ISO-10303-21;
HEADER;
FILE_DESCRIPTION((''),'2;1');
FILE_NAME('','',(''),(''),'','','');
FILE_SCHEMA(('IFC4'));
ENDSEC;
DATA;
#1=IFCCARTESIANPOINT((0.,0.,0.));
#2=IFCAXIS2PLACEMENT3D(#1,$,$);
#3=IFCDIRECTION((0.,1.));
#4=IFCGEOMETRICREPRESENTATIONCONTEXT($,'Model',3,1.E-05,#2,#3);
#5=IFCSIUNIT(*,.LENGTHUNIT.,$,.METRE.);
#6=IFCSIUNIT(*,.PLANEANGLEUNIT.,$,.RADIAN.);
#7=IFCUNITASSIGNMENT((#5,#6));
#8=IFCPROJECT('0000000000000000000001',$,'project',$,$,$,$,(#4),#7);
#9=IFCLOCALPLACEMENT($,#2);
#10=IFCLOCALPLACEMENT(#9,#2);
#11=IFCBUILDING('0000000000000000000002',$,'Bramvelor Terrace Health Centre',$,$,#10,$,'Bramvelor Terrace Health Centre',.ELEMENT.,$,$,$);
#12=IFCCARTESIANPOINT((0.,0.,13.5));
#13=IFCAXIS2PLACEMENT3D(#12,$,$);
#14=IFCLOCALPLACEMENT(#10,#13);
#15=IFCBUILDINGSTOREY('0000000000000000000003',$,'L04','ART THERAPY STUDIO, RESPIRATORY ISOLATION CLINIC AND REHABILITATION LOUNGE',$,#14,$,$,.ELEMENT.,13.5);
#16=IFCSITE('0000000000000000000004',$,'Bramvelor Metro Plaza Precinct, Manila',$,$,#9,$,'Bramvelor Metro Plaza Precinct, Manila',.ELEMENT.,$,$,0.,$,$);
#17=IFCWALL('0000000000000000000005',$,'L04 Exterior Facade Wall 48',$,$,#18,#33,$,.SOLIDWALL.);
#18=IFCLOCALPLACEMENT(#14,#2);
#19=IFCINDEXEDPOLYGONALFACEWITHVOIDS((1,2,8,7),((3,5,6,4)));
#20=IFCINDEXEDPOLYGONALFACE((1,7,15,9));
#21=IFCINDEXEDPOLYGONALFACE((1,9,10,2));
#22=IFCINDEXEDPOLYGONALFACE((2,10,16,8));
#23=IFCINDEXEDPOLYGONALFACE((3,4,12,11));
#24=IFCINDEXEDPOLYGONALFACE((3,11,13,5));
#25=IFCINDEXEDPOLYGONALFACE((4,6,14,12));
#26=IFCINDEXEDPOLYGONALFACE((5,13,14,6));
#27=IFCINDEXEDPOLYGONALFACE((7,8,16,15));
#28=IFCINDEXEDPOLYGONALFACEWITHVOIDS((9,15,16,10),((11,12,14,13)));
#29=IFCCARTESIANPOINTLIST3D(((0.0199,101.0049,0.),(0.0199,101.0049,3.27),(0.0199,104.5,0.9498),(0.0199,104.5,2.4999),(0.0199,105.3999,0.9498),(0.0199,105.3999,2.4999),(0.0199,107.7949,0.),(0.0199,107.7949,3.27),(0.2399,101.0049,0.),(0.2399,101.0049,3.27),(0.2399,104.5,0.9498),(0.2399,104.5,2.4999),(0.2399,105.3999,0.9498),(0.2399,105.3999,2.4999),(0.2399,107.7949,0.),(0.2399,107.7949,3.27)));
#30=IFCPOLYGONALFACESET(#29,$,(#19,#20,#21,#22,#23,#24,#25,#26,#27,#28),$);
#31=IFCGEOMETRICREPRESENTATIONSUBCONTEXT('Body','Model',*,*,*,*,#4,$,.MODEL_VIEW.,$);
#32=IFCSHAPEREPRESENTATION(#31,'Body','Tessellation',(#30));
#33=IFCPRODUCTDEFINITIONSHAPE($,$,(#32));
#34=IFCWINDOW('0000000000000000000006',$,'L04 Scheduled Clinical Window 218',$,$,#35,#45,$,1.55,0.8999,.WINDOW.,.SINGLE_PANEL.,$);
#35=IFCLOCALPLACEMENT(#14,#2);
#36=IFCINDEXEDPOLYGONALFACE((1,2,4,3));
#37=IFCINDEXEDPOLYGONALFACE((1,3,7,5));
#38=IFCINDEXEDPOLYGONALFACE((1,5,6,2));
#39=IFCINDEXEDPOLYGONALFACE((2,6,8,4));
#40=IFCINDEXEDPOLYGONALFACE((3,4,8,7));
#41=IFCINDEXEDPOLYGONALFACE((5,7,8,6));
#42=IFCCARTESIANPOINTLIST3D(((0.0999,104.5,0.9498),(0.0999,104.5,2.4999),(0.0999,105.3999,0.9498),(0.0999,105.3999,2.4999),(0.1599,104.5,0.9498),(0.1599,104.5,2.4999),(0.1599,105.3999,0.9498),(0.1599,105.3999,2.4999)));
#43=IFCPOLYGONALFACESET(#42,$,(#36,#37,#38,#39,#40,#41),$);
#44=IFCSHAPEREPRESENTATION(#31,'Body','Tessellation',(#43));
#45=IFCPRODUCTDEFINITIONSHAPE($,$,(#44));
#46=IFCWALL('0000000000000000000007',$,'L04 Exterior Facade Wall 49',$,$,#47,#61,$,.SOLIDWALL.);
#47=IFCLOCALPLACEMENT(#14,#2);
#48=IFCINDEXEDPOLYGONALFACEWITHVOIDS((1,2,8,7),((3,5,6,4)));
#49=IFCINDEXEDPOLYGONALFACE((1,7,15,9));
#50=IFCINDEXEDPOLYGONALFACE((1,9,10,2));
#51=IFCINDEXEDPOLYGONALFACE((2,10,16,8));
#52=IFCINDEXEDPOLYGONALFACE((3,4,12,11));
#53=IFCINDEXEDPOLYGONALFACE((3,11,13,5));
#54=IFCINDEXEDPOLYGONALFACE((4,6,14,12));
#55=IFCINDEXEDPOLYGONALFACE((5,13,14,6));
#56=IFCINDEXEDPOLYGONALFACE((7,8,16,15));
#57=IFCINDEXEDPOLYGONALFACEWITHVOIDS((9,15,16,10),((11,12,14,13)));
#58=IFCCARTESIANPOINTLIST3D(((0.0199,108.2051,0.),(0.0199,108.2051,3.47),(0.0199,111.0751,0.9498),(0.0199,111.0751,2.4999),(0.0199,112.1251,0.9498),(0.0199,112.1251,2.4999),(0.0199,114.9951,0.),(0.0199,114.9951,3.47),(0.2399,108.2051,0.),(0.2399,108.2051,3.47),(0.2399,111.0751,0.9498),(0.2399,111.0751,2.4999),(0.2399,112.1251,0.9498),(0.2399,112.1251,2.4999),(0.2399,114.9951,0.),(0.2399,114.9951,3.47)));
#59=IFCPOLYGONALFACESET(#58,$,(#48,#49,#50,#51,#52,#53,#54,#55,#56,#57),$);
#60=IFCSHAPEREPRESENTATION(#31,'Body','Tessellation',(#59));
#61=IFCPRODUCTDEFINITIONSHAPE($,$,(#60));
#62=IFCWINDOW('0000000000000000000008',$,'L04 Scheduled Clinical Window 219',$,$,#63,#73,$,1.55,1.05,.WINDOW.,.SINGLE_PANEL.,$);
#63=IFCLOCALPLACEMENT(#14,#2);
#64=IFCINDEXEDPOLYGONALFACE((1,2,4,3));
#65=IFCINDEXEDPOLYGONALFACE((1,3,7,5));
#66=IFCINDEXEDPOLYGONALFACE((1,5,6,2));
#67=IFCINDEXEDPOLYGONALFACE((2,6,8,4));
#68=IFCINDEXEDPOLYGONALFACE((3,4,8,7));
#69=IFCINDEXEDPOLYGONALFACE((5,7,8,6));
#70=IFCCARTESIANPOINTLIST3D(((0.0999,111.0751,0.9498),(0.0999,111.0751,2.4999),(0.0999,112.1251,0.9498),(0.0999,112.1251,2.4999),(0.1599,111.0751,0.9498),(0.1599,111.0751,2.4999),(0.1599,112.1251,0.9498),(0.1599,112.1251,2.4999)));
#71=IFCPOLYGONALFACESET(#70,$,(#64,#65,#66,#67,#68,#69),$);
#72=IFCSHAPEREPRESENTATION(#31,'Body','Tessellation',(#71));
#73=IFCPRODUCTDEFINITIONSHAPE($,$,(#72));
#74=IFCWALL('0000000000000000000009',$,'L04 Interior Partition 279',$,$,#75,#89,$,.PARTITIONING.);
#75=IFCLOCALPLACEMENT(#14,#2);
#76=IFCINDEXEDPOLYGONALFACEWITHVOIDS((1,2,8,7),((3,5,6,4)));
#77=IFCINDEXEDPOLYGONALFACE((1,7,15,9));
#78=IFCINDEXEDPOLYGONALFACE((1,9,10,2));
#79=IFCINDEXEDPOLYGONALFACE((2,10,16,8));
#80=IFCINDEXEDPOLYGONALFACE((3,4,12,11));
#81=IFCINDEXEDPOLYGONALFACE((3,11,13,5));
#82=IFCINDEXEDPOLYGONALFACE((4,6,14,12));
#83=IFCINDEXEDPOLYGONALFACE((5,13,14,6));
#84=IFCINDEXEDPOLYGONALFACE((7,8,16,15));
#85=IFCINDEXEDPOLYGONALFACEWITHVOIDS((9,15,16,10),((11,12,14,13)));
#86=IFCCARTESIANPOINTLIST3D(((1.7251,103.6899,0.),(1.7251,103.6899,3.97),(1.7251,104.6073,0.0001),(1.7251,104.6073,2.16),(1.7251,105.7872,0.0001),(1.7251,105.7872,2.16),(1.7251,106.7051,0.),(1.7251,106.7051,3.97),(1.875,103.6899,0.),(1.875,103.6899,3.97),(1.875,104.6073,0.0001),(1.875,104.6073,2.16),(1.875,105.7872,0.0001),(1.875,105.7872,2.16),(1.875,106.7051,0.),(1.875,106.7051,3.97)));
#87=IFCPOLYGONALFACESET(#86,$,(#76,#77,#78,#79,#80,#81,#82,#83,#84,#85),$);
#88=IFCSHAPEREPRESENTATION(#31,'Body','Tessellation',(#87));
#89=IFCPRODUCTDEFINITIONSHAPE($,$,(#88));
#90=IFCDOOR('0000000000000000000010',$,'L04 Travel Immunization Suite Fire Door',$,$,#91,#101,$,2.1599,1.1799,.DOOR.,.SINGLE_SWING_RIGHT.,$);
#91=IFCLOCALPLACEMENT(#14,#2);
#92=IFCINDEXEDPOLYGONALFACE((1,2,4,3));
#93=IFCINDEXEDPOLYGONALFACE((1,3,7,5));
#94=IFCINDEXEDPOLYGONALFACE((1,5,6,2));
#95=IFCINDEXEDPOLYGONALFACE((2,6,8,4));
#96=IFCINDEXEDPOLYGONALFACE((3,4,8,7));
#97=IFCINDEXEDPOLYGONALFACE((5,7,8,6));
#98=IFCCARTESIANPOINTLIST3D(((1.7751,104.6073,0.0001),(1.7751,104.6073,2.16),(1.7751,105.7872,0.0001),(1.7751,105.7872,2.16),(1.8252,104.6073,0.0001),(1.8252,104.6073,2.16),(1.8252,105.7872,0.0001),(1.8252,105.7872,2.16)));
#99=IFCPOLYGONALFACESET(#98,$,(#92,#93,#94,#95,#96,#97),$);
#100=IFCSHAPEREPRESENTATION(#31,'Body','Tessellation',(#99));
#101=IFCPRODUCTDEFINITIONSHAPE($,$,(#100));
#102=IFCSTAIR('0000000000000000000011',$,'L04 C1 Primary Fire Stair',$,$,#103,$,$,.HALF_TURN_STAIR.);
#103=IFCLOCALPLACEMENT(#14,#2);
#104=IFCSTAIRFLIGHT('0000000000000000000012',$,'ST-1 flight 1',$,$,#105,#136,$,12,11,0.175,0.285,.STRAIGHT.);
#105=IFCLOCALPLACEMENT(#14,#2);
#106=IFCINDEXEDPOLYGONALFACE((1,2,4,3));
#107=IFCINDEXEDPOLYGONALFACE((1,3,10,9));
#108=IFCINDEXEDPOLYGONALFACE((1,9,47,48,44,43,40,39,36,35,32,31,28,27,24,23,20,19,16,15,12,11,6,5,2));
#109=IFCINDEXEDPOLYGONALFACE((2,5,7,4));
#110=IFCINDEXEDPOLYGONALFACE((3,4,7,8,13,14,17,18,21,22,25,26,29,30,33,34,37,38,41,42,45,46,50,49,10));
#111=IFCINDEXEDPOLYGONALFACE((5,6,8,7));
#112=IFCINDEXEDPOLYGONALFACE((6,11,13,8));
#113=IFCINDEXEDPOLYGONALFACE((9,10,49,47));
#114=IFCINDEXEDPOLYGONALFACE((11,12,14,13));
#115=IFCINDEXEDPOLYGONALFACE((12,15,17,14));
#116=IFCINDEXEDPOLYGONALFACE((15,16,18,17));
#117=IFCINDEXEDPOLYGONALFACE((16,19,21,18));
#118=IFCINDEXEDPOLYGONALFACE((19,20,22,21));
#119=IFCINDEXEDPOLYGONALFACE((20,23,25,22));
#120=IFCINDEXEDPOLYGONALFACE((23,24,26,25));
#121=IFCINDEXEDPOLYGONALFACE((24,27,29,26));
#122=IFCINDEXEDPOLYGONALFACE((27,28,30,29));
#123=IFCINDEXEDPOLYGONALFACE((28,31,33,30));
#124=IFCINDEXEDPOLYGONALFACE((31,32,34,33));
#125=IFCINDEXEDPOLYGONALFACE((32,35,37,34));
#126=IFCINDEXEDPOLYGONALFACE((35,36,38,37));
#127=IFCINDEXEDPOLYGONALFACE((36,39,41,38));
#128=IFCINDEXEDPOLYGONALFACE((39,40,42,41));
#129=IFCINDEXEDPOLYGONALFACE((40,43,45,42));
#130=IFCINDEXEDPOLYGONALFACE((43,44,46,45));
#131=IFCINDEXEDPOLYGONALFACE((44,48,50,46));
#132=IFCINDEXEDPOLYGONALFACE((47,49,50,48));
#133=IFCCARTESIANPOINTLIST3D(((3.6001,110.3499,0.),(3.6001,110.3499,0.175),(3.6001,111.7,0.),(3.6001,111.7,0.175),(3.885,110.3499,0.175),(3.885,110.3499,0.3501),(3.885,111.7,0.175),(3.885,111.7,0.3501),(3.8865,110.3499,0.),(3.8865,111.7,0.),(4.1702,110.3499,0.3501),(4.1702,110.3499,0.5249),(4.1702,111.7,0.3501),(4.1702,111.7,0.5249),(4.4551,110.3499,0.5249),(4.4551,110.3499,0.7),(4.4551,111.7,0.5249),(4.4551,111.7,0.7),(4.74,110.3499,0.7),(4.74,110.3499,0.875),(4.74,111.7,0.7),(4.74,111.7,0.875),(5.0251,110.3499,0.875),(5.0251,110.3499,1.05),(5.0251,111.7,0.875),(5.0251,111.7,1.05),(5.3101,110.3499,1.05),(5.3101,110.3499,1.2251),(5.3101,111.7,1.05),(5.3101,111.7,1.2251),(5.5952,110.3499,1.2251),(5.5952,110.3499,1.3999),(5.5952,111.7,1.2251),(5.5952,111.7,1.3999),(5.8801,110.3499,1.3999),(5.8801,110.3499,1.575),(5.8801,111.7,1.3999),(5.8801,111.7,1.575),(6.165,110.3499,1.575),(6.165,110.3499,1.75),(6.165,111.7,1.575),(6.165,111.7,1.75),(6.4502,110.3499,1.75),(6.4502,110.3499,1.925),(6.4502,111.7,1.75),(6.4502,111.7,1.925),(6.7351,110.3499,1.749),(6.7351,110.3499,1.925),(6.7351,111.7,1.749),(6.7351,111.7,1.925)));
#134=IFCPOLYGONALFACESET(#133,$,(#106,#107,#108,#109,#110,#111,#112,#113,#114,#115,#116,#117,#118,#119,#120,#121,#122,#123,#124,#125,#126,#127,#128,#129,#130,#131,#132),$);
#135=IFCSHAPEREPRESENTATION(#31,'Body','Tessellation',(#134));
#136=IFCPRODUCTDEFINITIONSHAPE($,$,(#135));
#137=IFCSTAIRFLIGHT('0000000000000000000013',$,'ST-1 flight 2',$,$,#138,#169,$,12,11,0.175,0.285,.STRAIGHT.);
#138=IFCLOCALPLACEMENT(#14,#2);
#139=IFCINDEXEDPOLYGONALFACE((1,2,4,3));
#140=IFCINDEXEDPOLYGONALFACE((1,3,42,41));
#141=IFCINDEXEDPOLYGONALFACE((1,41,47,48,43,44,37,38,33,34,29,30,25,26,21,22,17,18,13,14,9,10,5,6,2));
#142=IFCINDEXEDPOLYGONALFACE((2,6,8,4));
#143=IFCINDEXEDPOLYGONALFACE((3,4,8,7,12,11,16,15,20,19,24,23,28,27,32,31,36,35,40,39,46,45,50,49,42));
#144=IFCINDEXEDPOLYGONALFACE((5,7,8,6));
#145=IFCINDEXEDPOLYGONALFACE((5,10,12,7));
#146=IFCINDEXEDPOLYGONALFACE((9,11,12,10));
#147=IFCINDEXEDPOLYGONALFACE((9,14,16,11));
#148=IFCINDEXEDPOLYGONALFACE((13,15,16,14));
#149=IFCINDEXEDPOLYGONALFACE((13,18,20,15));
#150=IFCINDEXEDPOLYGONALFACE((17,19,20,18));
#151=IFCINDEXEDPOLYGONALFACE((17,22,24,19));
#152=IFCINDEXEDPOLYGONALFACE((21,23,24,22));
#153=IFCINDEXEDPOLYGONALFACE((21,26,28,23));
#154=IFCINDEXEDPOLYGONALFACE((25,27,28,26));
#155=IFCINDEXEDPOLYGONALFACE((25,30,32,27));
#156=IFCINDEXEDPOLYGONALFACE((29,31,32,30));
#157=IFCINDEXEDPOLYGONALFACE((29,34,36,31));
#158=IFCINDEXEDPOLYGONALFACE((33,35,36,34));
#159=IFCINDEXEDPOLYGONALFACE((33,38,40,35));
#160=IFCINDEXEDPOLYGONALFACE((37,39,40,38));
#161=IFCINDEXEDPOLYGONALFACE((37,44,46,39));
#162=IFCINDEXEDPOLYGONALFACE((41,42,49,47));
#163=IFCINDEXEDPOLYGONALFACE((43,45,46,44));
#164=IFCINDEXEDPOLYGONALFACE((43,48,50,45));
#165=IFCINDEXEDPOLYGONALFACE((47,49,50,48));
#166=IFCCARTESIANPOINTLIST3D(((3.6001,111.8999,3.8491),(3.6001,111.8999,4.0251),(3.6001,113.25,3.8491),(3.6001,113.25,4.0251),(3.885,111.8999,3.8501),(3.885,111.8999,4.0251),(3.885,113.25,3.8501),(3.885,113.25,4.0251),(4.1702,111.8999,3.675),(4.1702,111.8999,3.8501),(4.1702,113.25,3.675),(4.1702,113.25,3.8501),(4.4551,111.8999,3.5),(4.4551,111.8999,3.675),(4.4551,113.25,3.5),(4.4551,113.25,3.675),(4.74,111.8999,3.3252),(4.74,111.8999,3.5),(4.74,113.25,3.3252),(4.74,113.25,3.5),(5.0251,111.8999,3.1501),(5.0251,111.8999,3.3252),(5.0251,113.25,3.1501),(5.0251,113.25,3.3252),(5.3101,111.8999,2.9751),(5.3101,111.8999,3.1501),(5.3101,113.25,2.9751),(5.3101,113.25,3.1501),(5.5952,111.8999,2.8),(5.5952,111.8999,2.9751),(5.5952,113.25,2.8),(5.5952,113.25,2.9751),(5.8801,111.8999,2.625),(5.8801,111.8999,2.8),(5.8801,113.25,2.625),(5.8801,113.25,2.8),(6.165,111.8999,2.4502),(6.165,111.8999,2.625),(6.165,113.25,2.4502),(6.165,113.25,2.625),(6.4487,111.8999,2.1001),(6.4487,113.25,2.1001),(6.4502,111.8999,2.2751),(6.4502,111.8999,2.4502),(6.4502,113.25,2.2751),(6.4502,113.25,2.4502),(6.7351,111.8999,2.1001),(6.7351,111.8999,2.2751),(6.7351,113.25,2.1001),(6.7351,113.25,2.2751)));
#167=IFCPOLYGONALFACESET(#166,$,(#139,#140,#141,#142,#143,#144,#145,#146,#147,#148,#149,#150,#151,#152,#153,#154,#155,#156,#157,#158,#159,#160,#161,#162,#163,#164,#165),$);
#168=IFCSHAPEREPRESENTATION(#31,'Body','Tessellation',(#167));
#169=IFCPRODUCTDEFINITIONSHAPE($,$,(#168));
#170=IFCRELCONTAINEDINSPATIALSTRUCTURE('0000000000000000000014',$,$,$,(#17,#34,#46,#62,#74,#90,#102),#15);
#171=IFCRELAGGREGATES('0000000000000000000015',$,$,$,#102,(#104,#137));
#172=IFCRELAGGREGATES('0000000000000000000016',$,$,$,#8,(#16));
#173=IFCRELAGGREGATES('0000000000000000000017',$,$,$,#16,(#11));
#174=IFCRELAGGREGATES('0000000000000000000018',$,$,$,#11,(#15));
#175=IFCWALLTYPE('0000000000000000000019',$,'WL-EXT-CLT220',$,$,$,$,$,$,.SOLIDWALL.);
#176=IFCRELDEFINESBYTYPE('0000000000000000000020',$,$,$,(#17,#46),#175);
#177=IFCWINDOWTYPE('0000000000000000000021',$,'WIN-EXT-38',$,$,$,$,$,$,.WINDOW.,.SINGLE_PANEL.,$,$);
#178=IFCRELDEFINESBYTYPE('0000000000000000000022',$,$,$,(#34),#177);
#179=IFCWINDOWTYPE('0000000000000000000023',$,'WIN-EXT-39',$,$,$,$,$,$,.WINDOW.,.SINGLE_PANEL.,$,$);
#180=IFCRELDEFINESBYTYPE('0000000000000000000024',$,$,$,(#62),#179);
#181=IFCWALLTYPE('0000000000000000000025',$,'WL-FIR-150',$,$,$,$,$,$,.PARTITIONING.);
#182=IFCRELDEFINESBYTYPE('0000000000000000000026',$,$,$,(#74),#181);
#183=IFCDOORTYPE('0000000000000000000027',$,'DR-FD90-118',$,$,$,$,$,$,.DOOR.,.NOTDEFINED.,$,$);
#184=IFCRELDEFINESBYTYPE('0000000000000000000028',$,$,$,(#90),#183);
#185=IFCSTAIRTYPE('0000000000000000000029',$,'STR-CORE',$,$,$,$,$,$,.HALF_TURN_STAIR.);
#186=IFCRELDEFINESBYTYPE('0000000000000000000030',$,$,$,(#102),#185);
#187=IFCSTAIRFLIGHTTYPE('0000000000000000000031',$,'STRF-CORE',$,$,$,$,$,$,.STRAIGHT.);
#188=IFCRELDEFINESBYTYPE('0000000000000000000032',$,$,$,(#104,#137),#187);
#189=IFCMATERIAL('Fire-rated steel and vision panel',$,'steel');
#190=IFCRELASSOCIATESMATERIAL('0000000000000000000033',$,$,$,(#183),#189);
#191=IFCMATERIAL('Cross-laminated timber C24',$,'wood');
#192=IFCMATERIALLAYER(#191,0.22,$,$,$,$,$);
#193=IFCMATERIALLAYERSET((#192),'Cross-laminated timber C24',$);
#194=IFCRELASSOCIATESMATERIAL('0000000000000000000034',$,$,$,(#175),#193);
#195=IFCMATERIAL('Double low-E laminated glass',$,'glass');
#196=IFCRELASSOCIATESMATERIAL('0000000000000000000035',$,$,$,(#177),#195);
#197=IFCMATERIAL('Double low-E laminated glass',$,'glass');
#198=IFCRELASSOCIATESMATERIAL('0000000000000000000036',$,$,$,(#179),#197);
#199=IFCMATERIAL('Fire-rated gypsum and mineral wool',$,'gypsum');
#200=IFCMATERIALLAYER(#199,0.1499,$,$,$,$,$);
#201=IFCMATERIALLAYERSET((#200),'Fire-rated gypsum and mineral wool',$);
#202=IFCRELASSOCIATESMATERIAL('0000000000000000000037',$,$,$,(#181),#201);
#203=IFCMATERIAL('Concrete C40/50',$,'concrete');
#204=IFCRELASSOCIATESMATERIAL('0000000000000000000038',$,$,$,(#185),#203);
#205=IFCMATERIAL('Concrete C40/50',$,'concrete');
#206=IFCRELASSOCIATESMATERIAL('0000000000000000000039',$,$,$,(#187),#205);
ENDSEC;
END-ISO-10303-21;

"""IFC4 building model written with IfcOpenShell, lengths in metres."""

from ifc_helpers import new_model, si_unit, direction, frame, frame_2d, origin, place, context, subcontext, project, spatial, polyline, rectangle, outline, extrude, material, layer, layer_set, type_object, element, fill, aggregate, save


model = new_model("IFC4")

# Units and contexts
model_context = context("Model", 3, precision=1e-05, world=origin(), true_north=direction((0.0, 1.0)))
body_context = subcontext(model_context, "Body", "Model", "MODEL_VIEW")
ifc_project = project(units=[si_unit("LENGTHUNIT", "METRE"), si_unit("PLANEANGLEUNIT", "RADIAN")], contexts=[model_context])

# Site, building, storey
site_placement = place(None, origin())
site = spatial("IfcSite", under=ifc_project, at=site_placement, Name="Bramvelor Metro Plaza Precinct, Manila", LongName="Bramvelor Metro Plaza Precinct, Manila", CompositionType="ELEMENT", RefElevation=0.0)
building_placement = place(site_placement, origin())
building = spatial("IfcBuilding", under=site, at=building_placement, Name="Bramvelor Terrace Health Centre", LongName="Bramvelor Terrace Health Centre", CompositionType="ELEMENT")
storey_placement = place(building_placement, frame((0.0, 0.0, 13.5)))
storey = spatial("IfcBuildingStorey", under=building, at=storey_placement, Name="L04", Description="ART THERAPY STUDIO, RESPIRATORY ISOLATION CLINIC AND REHABILITATION LOUNGE", CompositionType="ELEMENT", Elevation=13.5)

# Shared definitions
ifc_material_1 = material(Name="Fire-rated steel and vision panel", Category="steel")
door_type_1 = type_object("IfcDoorType", Name="DR-FD90-118", OperationType="NOTDEFINED", PredefinedType="DOOR", material=ifc_material_1)

# Walls, openings, windows
ifc_material_2 = material(Name="Cross-laminated timber C24", Category="wood")
ifc_layer_1 = layer(ifc_material_2, 0.22)
ifc_layer_set_1 = layer_set([ifc_layer_1], Name="Cross-laminated timber C24")
wall_type_1 = type_object("IfcWallType", Name="WL-EXT-CLT220", PredefinedType="SOLIDWALL", material=ifc_layer_set_1)
wall_1_placement = place(storey_placement, frame((0.1299, 101.0049, 0.0), z_axis=(0.0, 0.0, 1.0), x_axis=(0.0, 1.0, 0.0)))
wall_1 = element("IfcWall", 1, at=wall_1_placement, inside=storey, type_object=wall_type_1, Name="L04 Exterior Facade Wall 48", PredefinedType="SOLIDWALL", context=body_context, shape_type="SweptSolid", body=[
    extrude(rectangle(XDim=6.79, YDim=0.22, at=frame_2d((3.395, 0.0))), origin(), (0.0, 0.0, 1.0), 3.27),
])
opening_1_placement = place(wall_1_placement, frame((3.4951, 0.0, 0.95)))
opening_1 = element("IfcOpeningElement", 2, at=opening_1_placement, cuts=wall_1, PredefinedType="OPENING", context=body_context, shape_type="SweptSolid", body=[
    extrude(rectangle(XDim=0.8999, YDim=1.55, at=frame_2d((0.45, 0.7749))), frame((0.0, 0.1199, 0.0), z_axis=(0.0, -1.0, 0.0), x_axis=(1.0, 0.0, 0.0)), (0.0, 0.0, 1.0), 0.24),
])
ifc_material_3 = material(Name="Double low-E laminated glass", Category="glass")
window_type_1 = type_object("IfcWindowType", Name="WIN-EXT-38", PartitioningType="SINGLE_PANEL", PredefinedType="WINDOW", material=ifc_material_3)
window_1_placement = place(opening_1_placement, origin())
window_1 = element("IfcWindow", 3, at=window_1_placement, inside=storey, type_object=window_type_1, Name="L04 Scheduled Clinical Window 218", OverallHeight=1.55, OverallWidth=0.8999, PartitioningType="SINGLE_PANEL", PredefinedType="WINDOW", context=body_context, shape_type="SweptSolid", body=[
    extrude(rectangle(XDim=0.8999, YDim=1.55, at=frame_2d((0.45, 0.7749))), frame((0.0, 0.03, 0.0), z_axis=(0.0, -1.0, 0.0), x_axis=(1.0, 0.0, 0.0)), (0.0, 0.0, 1.0), 0.0601),
])
fill(opening_1, window_1)
wall_2_placement = place(storey_placement, frame((0.1299, 108.2051, 0.0), z_axis=(0.0, 0.0, 1.0), x_axis=(0.0, 1.0, 0.0)))
wall_2 = element("IfcWall", 4, at=wall_2_placement, inside=storey, type_object=wall_type_1, Name="L04 Exterior Facade Wall 49", PredefinedType="SOLIDWALL", context=body_context, shape_type="SweptSolid", body=[
    extrude(rectangle(XDim=6.79, YDim=0.22, at=frame_2d((3.395, 0.0))), origin(), (0.0, 0.0, 1.0), 3.47),
])
opening_2_placement = place(wall_2_placement, frame((2.8701, 0.0, 0.95)))
opening_2 = element("IfcOpeningElement", 5, at=opening_2_placement, cuts=wall_2, PredefinedType="OPENING", context=body_context, shape_type="SweptSolid", body=[
    extrude(rectangle(XDim=1.05, YDim=1.55, at=frame_2d((0.5249, 0.7749))), frame((0.0, 0.1199, 0.0), z_axis=(0.0, -1.0, 0.0), x_axis=(1.0, 0.0, 0.0)), (0.0, 0.0, 1.0), 0.24),
])
ifc_material_4 = material(Name="Double low-E laminated glass", Category="glass")
window_type_2 = type_object("IfcWindowType", Name="WIN-EXT-39", PartitioningType="SINGLE_PANEL", PredefinedType="WINDOW", material=ifc_material_4)
window_2_placement = place(opening_2_placement, origin())
window_2 = element("IfcWindow", 6, at=window_2_placement, inside=storey, type_object=window_type_2, Name="L04 Scheduled Clinical Window 219", OverallHeight=1.55, OverallWidth=1.05, PartitioningType="SINGLE_PANEL", PredefinedType="WINDOW", context=body_context, shape_type="SweptSolid", body=[
    extrude(rectangle(XDim=1.05, YDim=1.55, at=frame_2d((0.5249, 0.7749))), frame((0.0, 0.03, 0.0), z_axis=(0.0, -1.0, 0.0), x_axis=(1.0, 0.0, 0.0)), (0.0, 0.0, 1.0), 0.0601),
])
fill(opening_2, window_2)

# Wall, opening, door
ifc_material_5 = material(Name="Fire-rated gypsum and mineral wool", Category="gypsum")
ifc_layer_2 = layer(ifc_material_5, 0.1499)
ifc_layer_set_2 = layer_set([ifc_layer_2], Name="Fire-rated gypsum and mineral wool")
wall_type_2 = type_object("IfcWallType", Name="WL-FIR-150", PredefinedType="PARTITIONING", material=ifc_layer_set_2)
wall_3_placement = place(storey_placement, frame((1.8, 103.6899, 0.0), z_axis=(0.0, 0.0, 1.0), x_axis=(0.0, 1.0, 0.0)))
wall_3 = element("IfcWall", 7, at=wall_3_placement, inside=storey, type_object=wall_type_2, Name="L04 Interior Partition 279", PredefinedType="PARTITIONING", context=body_context, shape_type="SweptSolid", body=[
    extrude(rectangle(XDim=3.0151, YDim=0.1499, at=frame_2d((1.5076, 0.0))), origin(), (0.0, 0.0, 1.0), 3.97),
])
opening_3_placement = place(wall_3_placement, frame((0.9175, 0.0, 0.0)))
opening_3 = element("IfcOpeningElement", 8, at=opening_3_placement, cuts=wall_3, PredefinedType="OPENING", context=body_context, shape_type="SweptSolid", body=[
    extrude(rectangle(XDim=1.1799, YDim=2.1599, at=frame_2d((0.5898, 1.0801))), frame((0.0, 0.085, 0.0), z_axis=(0.0, -1.0, 0.0), x_axis=(1.0, 0.0, 0.0)), (0.0, 0.0, 1.0), 0.1699),
])
door_1_placement = place(opening_3_placement, origin())
door_1 = element("IfcDoor", 9, at=door_1_placement, inside=storey, type_object=door_type_1, Name="L04 Travel Immunization Suite Fire Door", OperationType="SINGLE_SWING_RIGHT", OverallHeight=2.1599, OverallWidth=1.1799, PredefinedType="DOOR", context=body_context, shape_type="SweptSolid", body=[
    extrude(rectangle(XDim=1.1799, YDim=2.1599, at=frame_2d((0.5898, 1.0801))), frame((0.0, 0.0249, 0.0), z_axis=(0.0, -1.0, 0.0), x_axis=(1.0, 0.0, 0.0)), (0.0, 0.0, 1.0), 0.05),
])
fill(opening_3, door_1)

# Stair, stair flights
ifc_material_6 = material(Name="Concrete C40/50", Category="concrete")
stair_type = type_object("IfcStairType", Name="STR-CORE", PredefinedType="HALF_TURN_STAIR", material=ifc_material_6)
stair_placement = place(storey_placement, origin())
stair = element("IfcStair", 10, at=stair_placement, inside=storey, type_object=stair_type, Name="L04 C1 Primary Fire Stair", PredefinedType="HALF_TURN_STAIR")
ifc_material_7 = material(Name="Concrete C40/50", Category="concrete")
stair_flight_type = type_object("IfcStairFlightType", Name="STRF-CORE", PredefinedType="STRAIGHT", material=ifc_material_7)
stair_flight_1_placement = place(storey_placement, frame((3.6001, 111.0249, 0.0), z_axis=(0.0, 0.0, 1.0), x_axis=(1.0, 0.0, 0.0)))
stair_flight_1 = element("IfcStairFlight", 11, at=stair_flight_1_placement, type_object=stair_flight_type, Name="ST-1 flight 1", NumberOfRisers=12, NumberOfTreads=11, PredefinedType="STRAIGHT", RiserHeight=0.175, TreadLength=0.285, context=body_context, shape_type="SweptSolid", body=[
    extrude(outline(polyline([(0.0, 0.0), (0.0, 0.175), (0.2849, 0.175), (0.2849, 0.3501), (0.5701, 0.3501), (0.5701, 0.5249), (0.855, 0.5249), (0.855, 0.7), (1.1399, 0.7), (1.1399, 0.875), (1.425, 0.875), (1.425, 1.05), (1.71, 1.05), (1.71, 1.2251), (1.9951, 1.2251), (1.9951, 1.3999), (2.28, 1.3999), (2.28, 1.575), (2.5649, 1.575), (2.5649, 1.75), (2.8501, 1.75), (2.8501, 1.925), (3.135, 1.925), (3.135, 2.1001), (3.135, 1.749), (0.2864, 0.0), (0.0, 0.0)])), frame((0.0, 0.675, 0.0), z_axis=(0.0, -1.0, 0.0), x_axis=(1.0, 0.0, 0.0)), (0.0, 0.0, 1.0), 1.3501),
])
stair_flight_2_placement = place(storey_placement, frame((6.7351, 112.575, 2.1001), z_axis=(0.0, 0.0, 1.0), x_axis=(-1.0, 0.0, 0.0)))
stair_flight_2 = element("IfcStairFlight", 12, at=stair_flight_2_placement, type_object=stair_flight_type, Name="ST-1 flight 2", NumberOfRisers=12, NumberOfTreads=11, PredefinedType="STRAIGHT", RiserHeight=0.175, TreadLength=0.285, context=body_context, shape_type="SweptSolid", body=[
    extrude(outline(polyline([(0.0, 0.0), (0.0, 0.175), (0.2849, 0.175), (0.2849, 0.3501), (0.5701, 0.3501), (0.5701, 0.5249), (0.855, 0.5249), (0.855, 0.7), (1.1399, 0.7), (1.1399, 0.875), (1.425, 0.875), (1.425, 1.05), (1.71, 1.05), (1.71, 1.2251), (1.9951, 1.2251), (1.9951, 1.3999), (2.28, 1.3999), (2.28, 1.575), (2.5649, 1.575), (2.5649, 1.75), (2.8501, 1.75), (2.8501, 1.925), (3.135, 1.925), (3.135, 2.1001), (3.135, 1.749), (0.2864, 0.0), (0.0, 0.0)])), frame((0.0, 0.675, 0.0), z_axis=(0.0, -1.0, 0.0), x_axis=(1.0, 0.0, 0.0)), (0.0, 0.0, 1.0), 1.3501),
])
aggregate(stair, [stair_flight_1, stair_flight_2])

save(model, "model.ifc")
